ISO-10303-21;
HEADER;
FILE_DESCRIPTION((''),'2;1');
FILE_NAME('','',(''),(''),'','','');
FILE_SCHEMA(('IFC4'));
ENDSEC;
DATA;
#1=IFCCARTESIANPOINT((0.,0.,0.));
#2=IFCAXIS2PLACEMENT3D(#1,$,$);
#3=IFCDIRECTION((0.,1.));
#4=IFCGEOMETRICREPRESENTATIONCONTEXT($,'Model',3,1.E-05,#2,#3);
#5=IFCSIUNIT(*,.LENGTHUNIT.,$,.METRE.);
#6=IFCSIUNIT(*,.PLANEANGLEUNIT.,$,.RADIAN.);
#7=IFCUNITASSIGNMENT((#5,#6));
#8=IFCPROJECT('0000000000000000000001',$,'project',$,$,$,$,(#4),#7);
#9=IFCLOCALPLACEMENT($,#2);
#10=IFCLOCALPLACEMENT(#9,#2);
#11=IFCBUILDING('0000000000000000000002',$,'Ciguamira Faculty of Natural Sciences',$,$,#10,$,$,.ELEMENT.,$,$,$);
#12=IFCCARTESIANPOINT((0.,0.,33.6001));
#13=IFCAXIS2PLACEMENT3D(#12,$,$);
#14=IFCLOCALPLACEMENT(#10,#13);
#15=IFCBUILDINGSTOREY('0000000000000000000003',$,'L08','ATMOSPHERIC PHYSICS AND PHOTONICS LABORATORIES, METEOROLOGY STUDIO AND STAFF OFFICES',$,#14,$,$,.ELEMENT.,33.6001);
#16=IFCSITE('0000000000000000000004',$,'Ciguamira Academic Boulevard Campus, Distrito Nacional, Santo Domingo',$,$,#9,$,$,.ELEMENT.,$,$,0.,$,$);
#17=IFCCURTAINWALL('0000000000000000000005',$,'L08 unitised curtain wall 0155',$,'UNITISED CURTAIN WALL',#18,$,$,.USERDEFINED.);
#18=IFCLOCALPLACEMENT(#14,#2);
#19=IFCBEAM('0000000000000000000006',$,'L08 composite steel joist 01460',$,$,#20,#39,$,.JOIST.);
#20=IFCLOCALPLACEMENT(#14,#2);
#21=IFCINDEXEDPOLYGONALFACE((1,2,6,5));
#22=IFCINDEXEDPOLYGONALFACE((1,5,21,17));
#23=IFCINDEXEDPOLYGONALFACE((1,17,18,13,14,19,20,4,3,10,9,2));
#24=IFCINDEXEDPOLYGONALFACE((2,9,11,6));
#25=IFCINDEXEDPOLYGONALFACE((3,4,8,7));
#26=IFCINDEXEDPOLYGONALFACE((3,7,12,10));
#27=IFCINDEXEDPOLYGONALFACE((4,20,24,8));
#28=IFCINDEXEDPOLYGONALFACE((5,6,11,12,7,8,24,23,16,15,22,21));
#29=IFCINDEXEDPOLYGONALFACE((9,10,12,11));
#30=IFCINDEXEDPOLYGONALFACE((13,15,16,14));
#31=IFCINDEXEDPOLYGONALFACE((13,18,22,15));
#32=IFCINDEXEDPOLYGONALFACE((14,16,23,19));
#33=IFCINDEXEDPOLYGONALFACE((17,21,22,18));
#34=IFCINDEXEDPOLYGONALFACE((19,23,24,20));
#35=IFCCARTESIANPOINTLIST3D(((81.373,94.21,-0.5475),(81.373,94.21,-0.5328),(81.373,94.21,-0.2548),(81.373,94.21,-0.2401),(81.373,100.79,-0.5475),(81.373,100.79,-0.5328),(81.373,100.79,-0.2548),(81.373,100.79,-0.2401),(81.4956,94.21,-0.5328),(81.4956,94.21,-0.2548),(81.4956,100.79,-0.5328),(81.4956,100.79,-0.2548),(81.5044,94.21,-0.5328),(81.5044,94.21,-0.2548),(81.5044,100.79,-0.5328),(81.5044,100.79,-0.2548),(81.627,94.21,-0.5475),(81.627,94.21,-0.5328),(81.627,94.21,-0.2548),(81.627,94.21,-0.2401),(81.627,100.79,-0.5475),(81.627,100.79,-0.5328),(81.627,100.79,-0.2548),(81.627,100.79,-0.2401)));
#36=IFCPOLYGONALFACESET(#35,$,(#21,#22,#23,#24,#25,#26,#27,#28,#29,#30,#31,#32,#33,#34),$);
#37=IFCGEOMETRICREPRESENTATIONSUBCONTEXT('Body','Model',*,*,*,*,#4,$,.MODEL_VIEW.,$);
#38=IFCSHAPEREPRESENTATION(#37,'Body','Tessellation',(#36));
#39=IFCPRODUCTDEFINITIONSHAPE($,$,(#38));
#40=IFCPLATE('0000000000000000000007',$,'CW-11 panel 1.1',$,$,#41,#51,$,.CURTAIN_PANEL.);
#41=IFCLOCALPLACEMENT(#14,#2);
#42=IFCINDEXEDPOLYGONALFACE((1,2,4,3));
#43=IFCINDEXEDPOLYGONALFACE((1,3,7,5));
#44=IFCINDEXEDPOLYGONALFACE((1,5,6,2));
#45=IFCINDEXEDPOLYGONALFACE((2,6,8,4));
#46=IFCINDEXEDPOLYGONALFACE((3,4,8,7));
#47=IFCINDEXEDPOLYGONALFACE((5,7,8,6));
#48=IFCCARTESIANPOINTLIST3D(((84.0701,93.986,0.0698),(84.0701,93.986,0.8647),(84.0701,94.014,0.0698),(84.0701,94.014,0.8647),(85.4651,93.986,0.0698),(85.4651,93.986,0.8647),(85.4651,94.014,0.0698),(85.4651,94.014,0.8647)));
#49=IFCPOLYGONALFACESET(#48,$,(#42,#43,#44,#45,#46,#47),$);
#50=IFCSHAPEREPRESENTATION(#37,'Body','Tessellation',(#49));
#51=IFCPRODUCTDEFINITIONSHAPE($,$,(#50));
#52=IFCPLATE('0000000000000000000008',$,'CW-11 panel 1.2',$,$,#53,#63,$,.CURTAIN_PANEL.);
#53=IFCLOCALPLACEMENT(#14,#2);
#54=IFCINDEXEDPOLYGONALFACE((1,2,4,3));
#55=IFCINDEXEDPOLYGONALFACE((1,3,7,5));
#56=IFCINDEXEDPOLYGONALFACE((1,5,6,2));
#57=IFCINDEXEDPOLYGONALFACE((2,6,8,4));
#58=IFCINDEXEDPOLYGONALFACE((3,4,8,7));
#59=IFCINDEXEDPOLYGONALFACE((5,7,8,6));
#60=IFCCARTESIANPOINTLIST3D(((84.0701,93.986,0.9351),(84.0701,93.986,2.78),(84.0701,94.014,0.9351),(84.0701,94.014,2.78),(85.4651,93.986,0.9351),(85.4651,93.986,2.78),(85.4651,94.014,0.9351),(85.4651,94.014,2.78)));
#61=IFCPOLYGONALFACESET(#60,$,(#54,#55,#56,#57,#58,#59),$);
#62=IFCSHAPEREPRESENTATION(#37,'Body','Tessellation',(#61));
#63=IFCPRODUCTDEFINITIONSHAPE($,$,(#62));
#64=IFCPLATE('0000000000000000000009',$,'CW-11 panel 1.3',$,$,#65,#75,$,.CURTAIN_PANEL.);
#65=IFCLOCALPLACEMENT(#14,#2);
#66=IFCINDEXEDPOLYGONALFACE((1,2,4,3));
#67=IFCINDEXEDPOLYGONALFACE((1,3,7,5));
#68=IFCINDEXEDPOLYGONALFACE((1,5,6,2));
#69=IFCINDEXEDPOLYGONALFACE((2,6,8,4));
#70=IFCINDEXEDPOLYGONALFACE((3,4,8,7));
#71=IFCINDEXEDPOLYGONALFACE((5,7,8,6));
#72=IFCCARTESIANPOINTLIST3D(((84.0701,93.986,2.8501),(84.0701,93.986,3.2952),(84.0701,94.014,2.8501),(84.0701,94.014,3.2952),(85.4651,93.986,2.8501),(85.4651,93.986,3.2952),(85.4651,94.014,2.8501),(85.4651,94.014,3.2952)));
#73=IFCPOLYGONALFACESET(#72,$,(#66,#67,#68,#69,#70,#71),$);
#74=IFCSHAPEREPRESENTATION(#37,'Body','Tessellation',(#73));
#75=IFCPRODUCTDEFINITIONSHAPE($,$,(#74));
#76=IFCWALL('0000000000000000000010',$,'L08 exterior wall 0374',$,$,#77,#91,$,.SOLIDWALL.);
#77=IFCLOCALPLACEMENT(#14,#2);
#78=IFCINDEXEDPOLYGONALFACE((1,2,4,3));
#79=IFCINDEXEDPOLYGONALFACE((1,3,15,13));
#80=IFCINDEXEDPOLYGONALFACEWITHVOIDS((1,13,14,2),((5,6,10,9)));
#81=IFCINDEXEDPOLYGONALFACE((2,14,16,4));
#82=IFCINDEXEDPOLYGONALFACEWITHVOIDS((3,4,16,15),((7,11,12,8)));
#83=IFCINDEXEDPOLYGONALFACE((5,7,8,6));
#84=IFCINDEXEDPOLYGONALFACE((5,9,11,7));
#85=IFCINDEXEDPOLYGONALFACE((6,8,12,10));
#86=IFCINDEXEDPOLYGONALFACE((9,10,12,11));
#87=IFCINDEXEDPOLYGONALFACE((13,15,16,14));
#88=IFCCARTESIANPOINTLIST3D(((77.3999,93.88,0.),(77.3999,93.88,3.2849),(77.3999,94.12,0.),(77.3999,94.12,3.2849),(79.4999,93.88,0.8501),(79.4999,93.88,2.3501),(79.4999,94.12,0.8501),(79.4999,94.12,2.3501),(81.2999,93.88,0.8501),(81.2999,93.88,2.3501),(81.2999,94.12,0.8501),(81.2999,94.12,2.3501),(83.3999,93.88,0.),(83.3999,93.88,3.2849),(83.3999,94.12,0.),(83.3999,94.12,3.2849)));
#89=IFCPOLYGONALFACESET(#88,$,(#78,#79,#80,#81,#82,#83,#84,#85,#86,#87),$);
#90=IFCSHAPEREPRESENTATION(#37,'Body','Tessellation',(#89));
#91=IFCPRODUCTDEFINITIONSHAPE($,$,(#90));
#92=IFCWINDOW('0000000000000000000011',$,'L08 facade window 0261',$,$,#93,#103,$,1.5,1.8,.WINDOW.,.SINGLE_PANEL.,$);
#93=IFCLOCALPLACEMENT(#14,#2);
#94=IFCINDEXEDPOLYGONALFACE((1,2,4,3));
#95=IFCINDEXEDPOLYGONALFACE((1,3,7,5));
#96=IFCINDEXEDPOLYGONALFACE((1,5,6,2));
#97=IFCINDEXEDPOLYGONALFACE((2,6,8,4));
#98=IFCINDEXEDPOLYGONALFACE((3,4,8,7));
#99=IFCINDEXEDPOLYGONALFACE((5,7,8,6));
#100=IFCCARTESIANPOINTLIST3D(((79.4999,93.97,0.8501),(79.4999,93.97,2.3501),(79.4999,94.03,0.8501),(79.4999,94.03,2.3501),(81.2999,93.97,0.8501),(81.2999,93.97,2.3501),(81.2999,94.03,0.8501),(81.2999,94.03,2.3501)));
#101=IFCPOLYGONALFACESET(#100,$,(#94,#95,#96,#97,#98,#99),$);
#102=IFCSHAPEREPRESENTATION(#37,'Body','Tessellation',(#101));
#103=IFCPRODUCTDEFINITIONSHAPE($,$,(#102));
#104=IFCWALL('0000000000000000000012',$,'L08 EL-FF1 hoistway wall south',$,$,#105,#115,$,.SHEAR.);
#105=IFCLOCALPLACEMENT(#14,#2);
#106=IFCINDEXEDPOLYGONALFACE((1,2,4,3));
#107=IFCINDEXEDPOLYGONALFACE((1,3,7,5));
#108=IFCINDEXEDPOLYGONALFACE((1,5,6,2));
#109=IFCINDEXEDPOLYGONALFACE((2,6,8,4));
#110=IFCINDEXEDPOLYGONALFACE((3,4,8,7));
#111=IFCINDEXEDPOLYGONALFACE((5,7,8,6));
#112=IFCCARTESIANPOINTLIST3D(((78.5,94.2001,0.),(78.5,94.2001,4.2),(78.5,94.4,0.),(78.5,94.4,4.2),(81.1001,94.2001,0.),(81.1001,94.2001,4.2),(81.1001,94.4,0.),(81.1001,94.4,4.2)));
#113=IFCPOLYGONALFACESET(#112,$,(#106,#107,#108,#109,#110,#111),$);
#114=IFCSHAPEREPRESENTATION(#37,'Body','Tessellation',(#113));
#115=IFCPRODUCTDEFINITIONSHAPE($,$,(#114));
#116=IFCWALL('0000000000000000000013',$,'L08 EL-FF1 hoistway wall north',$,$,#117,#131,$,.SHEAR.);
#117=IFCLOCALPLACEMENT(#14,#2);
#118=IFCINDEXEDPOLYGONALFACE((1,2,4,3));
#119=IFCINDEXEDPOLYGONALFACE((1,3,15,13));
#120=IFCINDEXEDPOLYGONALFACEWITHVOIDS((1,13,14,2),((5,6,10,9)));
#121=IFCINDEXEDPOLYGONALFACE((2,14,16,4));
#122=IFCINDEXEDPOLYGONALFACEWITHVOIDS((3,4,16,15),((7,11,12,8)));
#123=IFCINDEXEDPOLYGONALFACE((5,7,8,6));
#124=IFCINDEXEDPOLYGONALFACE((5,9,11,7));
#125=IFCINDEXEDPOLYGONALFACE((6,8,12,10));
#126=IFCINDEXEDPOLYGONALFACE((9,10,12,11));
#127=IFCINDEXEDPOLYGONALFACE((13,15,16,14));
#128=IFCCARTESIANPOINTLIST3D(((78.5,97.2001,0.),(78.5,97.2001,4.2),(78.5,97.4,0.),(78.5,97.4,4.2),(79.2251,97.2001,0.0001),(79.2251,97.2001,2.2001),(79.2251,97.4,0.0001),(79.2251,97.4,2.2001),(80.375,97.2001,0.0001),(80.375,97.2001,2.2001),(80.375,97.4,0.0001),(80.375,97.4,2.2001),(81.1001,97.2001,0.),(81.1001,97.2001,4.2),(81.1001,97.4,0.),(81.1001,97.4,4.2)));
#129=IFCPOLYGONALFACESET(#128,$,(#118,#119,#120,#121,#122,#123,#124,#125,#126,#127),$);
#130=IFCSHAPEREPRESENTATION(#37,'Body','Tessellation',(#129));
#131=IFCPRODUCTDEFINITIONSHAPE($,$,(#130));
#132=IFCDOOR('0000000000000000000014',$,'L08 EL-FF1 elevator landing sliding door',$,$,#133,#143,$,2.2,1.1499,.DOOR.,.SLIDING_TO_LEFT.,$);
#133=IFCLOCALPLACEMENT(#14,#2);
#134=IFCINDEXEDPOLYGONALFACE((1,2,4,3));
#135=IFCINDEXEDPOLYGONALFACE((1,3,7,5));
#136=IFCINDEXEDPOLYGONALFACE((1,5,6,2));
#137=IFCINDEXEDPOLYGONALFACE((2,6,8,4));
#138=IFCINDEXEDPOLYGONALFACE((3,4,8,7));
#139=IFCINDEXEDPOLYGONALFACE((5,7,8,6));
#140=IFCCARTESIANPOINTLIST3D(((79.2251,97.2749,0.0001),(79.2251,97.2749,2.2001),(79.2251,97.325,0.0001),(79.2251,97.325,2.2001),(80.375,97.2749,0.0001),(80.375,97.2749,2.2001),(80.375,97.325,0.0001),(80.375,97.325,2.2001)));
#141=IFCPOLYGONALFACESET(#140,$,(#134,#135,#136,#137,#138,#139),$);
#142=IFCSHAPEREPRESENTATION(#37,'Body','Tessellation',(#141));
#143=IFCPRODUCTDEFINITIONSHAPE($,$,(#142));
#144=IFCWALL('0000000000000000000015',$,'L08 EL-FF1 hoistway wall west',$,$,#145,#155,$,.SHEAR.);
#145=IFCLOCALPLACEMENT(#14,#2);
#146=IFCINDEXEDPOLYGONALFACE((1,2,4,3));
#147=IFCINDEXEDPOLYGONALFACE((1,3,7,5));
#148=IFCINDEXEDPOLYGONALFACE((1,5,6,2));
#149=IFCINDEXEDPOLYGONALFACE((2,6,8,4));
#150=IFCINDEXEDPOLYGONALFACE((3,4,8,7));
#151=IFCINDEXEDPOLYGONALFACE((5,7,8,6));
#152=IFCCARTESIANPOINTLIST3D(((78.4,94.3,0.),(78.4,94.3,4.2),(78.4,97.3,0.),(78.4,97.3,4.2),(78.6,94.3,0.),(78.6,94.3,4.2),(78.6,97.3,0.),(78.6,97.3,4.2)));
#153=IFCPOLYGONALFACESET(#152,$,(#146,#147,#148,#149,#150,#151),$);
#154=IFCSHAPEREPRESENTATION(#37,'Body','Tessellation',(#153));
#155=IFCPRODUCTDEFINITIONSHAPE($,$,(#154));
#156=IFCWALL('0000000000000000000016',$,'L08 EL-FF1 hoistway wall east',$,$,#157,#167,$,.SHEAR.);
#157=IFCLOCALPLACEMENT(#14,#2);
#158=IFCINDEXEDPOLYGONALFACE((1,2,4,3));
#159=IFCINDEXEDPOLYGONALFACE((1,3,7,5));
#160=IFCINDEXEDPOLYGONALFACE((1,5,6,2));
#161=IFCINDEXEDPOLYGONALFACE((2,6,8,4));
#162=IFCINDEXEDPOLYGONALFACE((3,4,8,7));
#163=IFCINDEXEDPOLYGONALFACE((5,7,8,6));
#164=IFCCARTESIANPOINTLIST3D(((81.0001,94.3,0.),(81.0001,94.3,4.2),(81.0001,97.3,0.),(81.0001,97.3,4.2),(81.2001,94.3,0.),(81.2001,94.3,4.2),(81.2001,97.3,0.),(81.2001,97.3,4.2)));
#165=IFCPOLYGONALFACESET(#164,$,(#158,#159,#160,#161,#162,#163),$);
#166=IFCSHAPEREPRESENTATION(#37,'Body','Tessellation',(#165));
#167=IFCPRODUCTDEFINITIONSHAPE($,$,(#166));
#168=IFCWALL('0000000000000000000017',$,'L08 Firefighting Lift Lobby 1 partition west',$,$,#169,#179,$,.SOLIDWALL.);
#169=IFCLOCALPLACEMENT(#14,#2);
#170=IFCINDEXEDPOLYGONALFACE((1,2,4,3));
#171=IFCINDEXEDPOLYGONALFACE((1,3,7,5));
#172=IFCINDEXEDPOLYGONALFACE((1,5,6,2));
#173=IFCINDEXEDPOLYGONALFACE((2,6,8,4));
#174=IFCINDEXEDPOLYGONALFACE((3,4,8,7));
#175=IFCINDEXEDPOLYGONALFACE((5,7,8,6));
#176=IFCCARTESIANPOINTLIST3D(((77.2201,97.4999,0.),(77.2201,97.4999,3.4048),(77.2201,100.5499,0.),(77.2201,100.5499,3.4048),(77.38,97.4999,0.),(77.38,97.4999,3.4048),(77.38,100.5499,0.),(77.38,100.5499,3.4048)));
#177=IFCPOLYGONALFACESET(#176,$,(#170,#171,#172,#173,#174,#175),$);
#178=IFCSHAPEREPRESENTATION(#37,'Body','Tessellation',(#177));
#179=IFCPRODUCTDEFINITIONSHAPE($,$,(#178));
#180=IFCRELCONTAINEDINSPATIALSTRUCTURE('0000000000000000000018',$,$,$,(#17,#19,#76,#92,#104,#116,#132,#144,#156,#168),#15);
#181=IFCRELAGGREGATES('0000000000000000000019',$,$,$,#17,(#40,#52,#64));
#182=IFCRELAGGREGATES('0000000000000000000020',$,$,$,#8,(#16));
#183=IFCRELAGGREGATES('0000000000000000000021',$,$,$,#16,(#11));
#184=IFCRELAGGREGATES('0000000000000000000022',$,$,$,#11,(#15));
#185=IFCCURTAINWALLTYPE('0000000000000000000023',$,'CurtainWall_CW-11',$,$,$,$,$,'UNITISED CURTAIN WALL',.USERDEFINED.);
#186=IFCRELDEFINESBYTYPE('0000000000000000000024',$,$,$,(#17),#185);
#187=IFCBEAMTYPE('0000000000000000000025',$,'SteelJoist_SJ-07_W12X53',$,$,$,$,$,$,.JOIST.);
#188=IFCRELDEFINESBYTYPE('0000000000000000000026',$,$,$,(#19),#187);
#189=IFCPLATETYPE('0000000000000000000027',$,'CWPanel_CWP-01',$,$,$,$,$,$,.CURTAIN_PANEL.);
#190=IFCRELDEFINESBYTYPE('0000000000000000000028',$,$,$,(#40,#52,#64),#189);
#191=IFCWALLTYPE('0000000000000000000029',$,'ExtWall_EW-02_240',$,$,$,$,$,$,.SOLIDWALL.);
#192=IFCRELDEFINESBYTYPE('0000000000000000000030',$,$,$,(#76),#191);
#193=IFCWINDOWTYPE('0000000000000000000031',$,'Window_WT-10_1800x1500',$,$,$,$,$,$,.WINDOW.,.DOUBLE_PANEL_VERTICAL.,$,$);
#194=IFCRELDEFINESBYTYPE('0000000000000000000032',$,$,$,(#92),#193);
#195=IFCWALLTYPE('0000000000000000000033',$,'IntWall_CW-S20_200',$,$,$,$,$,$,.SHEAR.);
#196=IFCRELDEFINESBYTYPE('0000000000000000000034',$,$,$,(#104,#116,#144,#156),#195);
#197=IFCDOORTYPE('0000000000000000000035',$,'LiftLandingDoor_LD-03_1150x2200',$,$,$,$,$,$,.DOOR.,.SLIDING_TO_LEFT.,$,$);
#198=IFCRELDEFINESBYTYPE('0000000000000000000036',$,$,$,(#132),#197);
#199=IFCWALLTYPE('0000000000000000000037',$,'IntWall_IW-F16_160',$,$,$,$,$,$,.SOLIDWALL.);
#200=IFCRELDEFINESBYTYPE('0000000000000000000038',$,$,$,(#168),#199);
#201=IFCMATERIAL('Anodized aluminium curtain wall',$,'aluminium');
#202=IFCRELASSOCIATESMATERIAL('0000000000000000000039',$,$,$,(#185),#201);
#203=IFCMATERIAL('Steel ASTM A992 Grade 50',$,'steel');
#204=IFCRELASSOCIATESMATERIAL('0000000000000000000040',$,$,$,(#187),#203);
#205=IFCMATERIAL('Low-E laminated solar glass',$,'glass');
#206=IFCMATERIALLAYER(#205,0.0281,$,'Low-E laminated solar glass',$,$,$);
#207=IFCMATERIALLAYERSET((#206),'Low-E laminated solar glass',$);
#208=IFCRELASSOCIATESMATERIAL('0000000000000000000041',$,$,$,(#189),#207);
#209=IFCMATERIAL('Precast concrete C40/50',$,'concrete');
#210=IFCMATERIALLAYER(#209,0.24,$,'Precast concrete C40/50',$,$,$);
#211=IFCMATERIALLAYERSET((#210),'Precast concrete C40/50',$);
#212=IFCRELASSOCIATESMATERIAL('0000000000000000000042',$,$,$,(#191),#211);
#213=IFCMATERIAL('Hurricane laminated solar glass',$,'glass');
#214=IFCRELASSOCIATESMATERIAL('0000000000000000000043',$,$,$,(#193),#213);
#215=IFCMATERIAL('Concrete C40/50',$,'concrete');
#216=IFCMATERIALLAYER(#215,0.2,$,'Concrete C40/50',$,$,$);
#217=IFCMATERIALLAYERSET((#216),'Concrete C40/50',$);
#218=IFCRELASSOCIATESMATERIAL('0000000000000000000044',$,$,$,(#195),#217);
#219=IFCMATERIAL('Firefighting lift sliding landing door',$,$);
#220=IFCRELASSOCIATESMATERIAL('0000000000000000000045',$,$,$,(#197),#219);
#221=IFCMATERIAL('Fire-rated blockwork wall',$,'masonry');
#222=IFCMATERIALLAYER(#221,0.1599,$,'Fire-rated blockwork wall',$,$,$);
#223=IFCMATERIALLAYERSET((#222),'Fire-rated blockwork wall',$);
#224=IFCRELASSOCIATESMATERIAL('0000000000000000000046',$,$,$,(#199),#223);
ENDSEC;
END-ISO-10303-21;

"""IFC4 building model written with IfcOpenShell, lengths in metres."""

from ifc_helpers import new_model, si_unit, direction, frame, frame_2d, origin, origin_2d, place, context, subcontext, project, spatial, rectangle, i_section, extrude, material, layer, layer_set, material_profile, profile_set, type_object, element, fill, aggregate, save


model = new_model("IFC4")

# Units and contexts
model_context = context("Model", 3, precision=1e-05, world=origin(), true_north=direction((0.0, 1.0)))
body_context = subcontext(model_context, "Body", "Model", "MODEL_VIEW")
ifc_project = project(units=[si_unit("LENGTHUNIT", "METRE"), si_unit("PLANEANGLEUNIT", "RADIAN")], contexts=[model_context])

# Site, building, storey
site_placement = place(None, origin())
site = spatial("IfcSite", under=ifc_project, at=site_placement, Name="Ciguamira Academic Boulevard Campus, Distrito Nacional, Santo Domingo", CompositionType="ELEMENT", RefElevation=0.0)
building_placement = place(site_placement, origin())
building = spatial("IfcBuilding", under=site, at=building_placement, Name="Ciguamira Faculty of Natural Sciences", CompositionType="ELEMENT")
storey_placement = place(building_placement, frame((0.0, 0.0, 33.6001)))
storey = spatial("IfcBuildingStorey", under=building, at=storey_placement, Name="L08", Description="ATMOSPHERIC PHYSICS AND PHOTONICS LABORATORIES, METEOROLOGY STUDIO AND STAFF OFFICES", CompositionType="ELEMENT", Elevation=33.6001)

# Shared definitions
ifc_material_1 = material(Name="Concrete C40/50", Category="concrete")

# Curtain wall
ifc_material_2 = material(Name="Anodized aluminium curtain wall", Category="aluminium")
curtain_wall_type = type_object("IfcCurtainWallType", Name="CurtainWall_CW-11", ElementType="UNITISED CURTAIN WALL", PredefinedType="USERDEFINED", material=ifc_material_2)
curtain_wall_placement = place(storey_placement, origin())
curtain_wall = element("IfcCurtainWall", 1, at=curtain_wall_placement, inside=storey, type_object=curtain_wall_type, Name="L08 unitised curtain wall 0155", ObjectType="UNITISED CURTAIN WALL", PredefinedType="USERDEFINED")

# Beam
ifc_material_3 = material(Name="Steel ASTM A992 Grade 50", Category="steel")
ifc_material_profile_1 = material_profile(ifc_material_3, i_section(OverallWidth=0.2539, OverallDepth=0.3074, WebThickness=0.0088, FlangeThickness=0.0146, at=origin_2d()), Name="W12X53")
ifc_profile_set_1 = profile_set([ifc_material_profile_1], Name="Steel ASTM A992 Grade 50")
beam_type_1 = type_object("IfcBeamType", Name="SteelJoist_SJ-07_W12X53", PredefinedType="JOIST", material=ifc_profile_set_1)
beam_1_placement = place(storey_placement, frame((81.5, 94.21, -0.3938), z_axis=(0.0, 1.0, 0.0), x_axis=(-1.0, 0.0, 0.0)))
element("IfcBeam", 2, at=beam_1_placement, inside=storey, type_object=beam_type_1, Name="L08 composite steel joist 01460", PredefinedType="JOIST", context=body_context, shape_type="SweptSolid", body=[
    extrude(i_section(OverallWidth=0.2539, OverallDepth=0.3074, WebThickness=0.0088, FlangeThickness=0.0146, at=origin_2d()), origin(), (0.0, 0.0, 1.0), 6.5801),
])

# Plates
ifc_material_4 = material(Name="Low-E laminated solar glass", Category="glass")
ifc_layer_1 = layer(ifc_material_4, 0.0281, Name="Low-E laminated solar glass")
ifc_layer_set_1 = layer_set([ifc_layer_1], Name="Low-E laminated solar glass")
plate_type = type_object("IfcPlateType", Name="CWPanel_CWP-01", PredefinedType="CURTAIN_PANEL", material=ifc_layer_set_1)
plate_1_placement = place(storey_placement, frame((84.7676, 94.0, 0.0698), z_axis=(0.0, 0.0, 1.0), x_axis=(1.0, 0.0, 0.0)))
plate_1 = element("IfcPlate", 3, at=plate_1_placement, type_object=plate_type, Name="CW-11 panel 1.1", PredefinedType="CURTAIN_PANEL", context=body_context, shape_type="SweptSolid", body=[
    extrude(rectangle(XDim=1.395, YDim=0.0281, at=origin_2d()), origin(), (0.0, 0.0, 1.0), 0.7949),
])
plate_2_placement = place(storey_placement, frame((84.7676, 94.0, 0.9351), z_axis=(0.0, 0.0, 1.0), x_axis=(1.0, 0.0, 0.0)))
plate_2 = element("IfcPlate", 4, at=plate_2_placement, type_object=plate_type, Name="CW-11 panel 1.2", PredefinedType="CURTAIN_PANEL", context=body_context, shape_type="SweptSolid", body=[
    extrude(rectangle(XDim=1.395, YDim=0.0281, at=origin_2d()), origin(), (0.0, 0.0, 1.0), 1.845),
])
plate_3_placement = place(storey_placement, frame((84.7676, 94.0, 2.8501), z_axis=(0.0, 0.0, 1.0), x_axis=(1.0, 0.0, 0.0)))
plate_3 = element("IfcPlate", 5, at=plate_3_placement, type_object=plate_type, Name="CW-11 panel 1.3", PredefinedType="CURTAIN_PANEL", context=body_context, shape_type="SweptSolid", body=[
    extrude(rectangle(XDim=1.395, YDim=0.0281, at=origin_2d()), origin(), (0.0, 0.0, 1.0), 0.4451),
])
aggregate(curtain_wall, [plate_1, plate_2, plate_3])

# Wall, opening, window
ifc_material_5 = material(Name="Precast concrete C40/50", Category="concrete")
ifc_layer_2 = layer(ifc_material_5, 0.24, Name="Precast concrete C40/50")
ifc_layer_set_2 = layer_set([ifc_layer_2], Name="Precast concrete C40/50")
wall_type_1 = type_object("IfcWallType", Name="ExtWall_EW-02_240", PredefinedType="SOLIDWALL", material=ifc_layer_set_2)
wall_1_placement = place(storey_placement, frame((77.3999, 94.0, 0.0), z_axis=(0.0, 0.0, 1.0), x_axis=(1.0, 0.0, 0.0)))
wall_1 = element("IfcWall", 6, at=wall_1_placement, inside=storey, type_object=wall_type_1, Name="L08 exterior wall 0374", PredefinedType="SOLIDWALL", context=body_context, shape_type="SweptSolid", body=[
    extrude(rectangle(XDim=6.0, YDim=0.24, at=frame_2d((3.0, 0.0))), origin(), (0.0, 0.0, 1.0), 3.2849),
])
opening_1_placement = place(wall_1_placement, frame((2.1001, 0.0, 0.8501)))
opening_1 = element("IfcOpeningElement", 7, at=opening_1_placement, cuts=wall_1, PredefinedType="OPENING", context=body_context, shape_type="SweptSolid", body=[
    extrude(rectangle(XDim=1.8, YDim=1.5, at=frame_2d((0.8999, 0.75))), frame((0.0, 0.1299, 0.0), z_axis=(0.0, -1.0, 0.0), x_axis=(1.0, 0.0, 0.0)), (0.0, 0.0, 1.0), 0.26),
])
ifc_material_6 = material(Name="Hurricane laminated solar glass", Category="glass")
window_type = type_object("IfcWindowType", Name="Window_WT-10_1800x1500", PartitioningType="DOUBLE_PANEL_VERTICAL", PredefinedType="WINDOW", material=ifc_material_6)
window_placement = place(opening_1_placement, origin())
window = element("IfcWindow", 8, at=window_placement, inside=storey, type_object=window_type, Name="L08 facade window 0261", OverallHeight=1.5, OverallWidth=1.8, PartitioningType="SINGLE_PANEL", PredefinedType="WINDOW", context=body_context, shape_type="SweptSolid", body=[
    extrude(rectangle(XDim=1.8, YDim=1.5, at=frame_2d((0.8999, 0.75))), frame((0.0, 0.03, 0.0), z_axis=(0.0, -1.0, 0.0), x_axis=(1.0, 0.0, 0.0)), (0.0, 0.0, 1.0), 0.0601),
])
fill(opening_1, window)

# Wall
ifc_layer_3 = layer(ifc_material_1, 0.2, Name="Concrete C40/50")
ifc_layer_set_3 = layer_set([ifc_layer_3], Name="Concrete C40/50")
wall_type_2 = type_object("IfcWallType", Name="IntWall_CW-S20_200", PredefinedType="SHEAR", material=ifc_layer_set_3)
wall_2_placement = place(storey_placement, frame((78.5, 94.3, 0.0), z_axis=(0.0, 0.0, 1.0), x_axis=(1.0, 0.0, 0.0)))
element("IfcWall", 9, at=wall_2_placement, inside=storey, type_object=wall_type_2, Name="L08 EL-FF1 hoistway wall south", PredefinedType="SHEAR", context=body_context, shape_type="SweptSolid", body=[
    extrude(rectangle(XDim=2.6001, YDim=0.2, at=frame_2d((1.3, 0.0))), origin(), (0.0, 0.0, 1.0), 4.2),
])

# Wall, opening, door
wall_3_placement = place(storey_placement, frame((78.5, 97.3, 0.0), z_axis=(0.0, 0.0, 1.0), x_axis=(1.0, 0.0, 0.0)))
wall_3 = element("IfcWall", 10, at=wall_3_placement, inside=storey, type_object=wall_type_2, Name="L08 EL-FF1 hoistway wall north", PredefinedType="SHEAR", context=body_context, shape_type="SweptSolid", body=[
    extrude(rectangle(XDim=2.6001, YDim=0.2, at=frame_2d((1.3, 0.0))), origin(), (0.0, 0.0, 1.0), 4.2),
])
opening_2_placement = place(wall_3_placement, frame((0.7251, 0.0, 0.0)))
opening_2 = element("IfcOpeningElement", 11, at=opening_2_placement, cuts=wall_3, PredefinedType="OPENING", context=body_context, shape_type="SweptSolid", body=[
    extrude(rectangle(XDim=1.1499, YDim=2.2, at=frame_2d((0.575, 1.1001))), frame((0.0, 0.1099, 0.0), z_axis=(0.0, -1.0, 0.0), x_axis=(1.0, 0.0, 0.0)), (0.0, 0.0, 1.0), 0.22),
])
ifc_material_7 = material(Name="Firefighting lift sliding landing door")
door_type_1 = type_object("IfcDoorType", Name="LiftLandingDoor_LD-03_1150x2200", OperationType="SLIDING_TO_LEFT", PredefinedType="DOOR", material=ifc_material_7)
door_1_placement = place(opening_2_placement, origin())
door_1 = element("IfcDoor", 12, at=door_1_placement, inside=storey, type_object=door_type_1, Name="L08 EL-FF1 elevator landing sliding door", OperationType="SLIDING_TO_LEFT", OverallHeight=2.2, OverallWidth=1.1499, PredefinedType="DOOR", context=body_context, shape_type="SweptSolid", body=[
    extrude(rectangle(XDim=1.1499, YDim=2.2, at=frame_2d((0.575, 1.1001))), frame((0.0, 0.0249, 0.0), z_axis=(0.0, -1.0, 0.0), x_axis=(1.0, 0.0, 0.0)), (0.0, 0.0, 1.0), 0.05),
])
fill(opening_2, door_1)

# Walls
for number, where, z_axis, x_axis, name in (
    (13, (78.5, 94.3, 0.0), (0.0, 0.0, 1.0), (0.0, 1.0, 0.0), "L08 EL-FF1 hoistway wall west"),
    (14, (81.1001, 94.3, 0.0), (0.0, 0.0, 1.0), (0.0, 1.0, 0.0), "L08 EL-FF1 hoistway wall east"),
):
    element("IfcWall", number, at=place(storey_placement, frame(where, z_axis=z_axis, x_axis=x_axis)), inside=storey, type_object=wall_type_2, Name=name, PredefinedType="SHEAR", context=body_context, shape_type="SweptSolid", body=[
        extrude(rectangle(XDim=3.0, YDim=0.2, at=frame_2d((1.5, 0.0))), origin(), (0.0, 0.0, 1.0), 4.2),
    ])

# Shared definitions
ifc_material_8 = material(Name="Fire-rated blockwork wall", Category="masonry")
ifc_layer_4 = layer(ifc_material_8, 0.1599, Name="Fire-rated blockwork wall")
ifc_layer_set_4 = layer_set([ifc_layer_4], Name="Fire-rated blockwork wall")
wall_type_3 = type_object("IfcWallType", Name="IntWall_IW-F16_160", PredefinedType="SOLIDWALL", material=ifc_layer_set_4)

# Wall
wall_4_placement = place(storey_placement, frame((77.3, 97.5, 0.0), z_axis=(0.0, 0.0, 1.0), x_axis=(0.0, 1.0, 0.0)))
element("IfcWall", 15, at=wall_4_placement, inside=storey, type_object=wall_type_3, Name="L08 Firefighting Lift Lobby 1 partition west", PredefinedType="SOLIDWALL", context=body_context, shape_type="SweptSolid", body=[
    extrude(rectangle(XDim=3.05, YDim=0.1599, at=frame_2d((1.5249, 0.0))), origin(), (0.0, 0.0, 1.0), 3.4048),
])

save(model, "model.ifc")
